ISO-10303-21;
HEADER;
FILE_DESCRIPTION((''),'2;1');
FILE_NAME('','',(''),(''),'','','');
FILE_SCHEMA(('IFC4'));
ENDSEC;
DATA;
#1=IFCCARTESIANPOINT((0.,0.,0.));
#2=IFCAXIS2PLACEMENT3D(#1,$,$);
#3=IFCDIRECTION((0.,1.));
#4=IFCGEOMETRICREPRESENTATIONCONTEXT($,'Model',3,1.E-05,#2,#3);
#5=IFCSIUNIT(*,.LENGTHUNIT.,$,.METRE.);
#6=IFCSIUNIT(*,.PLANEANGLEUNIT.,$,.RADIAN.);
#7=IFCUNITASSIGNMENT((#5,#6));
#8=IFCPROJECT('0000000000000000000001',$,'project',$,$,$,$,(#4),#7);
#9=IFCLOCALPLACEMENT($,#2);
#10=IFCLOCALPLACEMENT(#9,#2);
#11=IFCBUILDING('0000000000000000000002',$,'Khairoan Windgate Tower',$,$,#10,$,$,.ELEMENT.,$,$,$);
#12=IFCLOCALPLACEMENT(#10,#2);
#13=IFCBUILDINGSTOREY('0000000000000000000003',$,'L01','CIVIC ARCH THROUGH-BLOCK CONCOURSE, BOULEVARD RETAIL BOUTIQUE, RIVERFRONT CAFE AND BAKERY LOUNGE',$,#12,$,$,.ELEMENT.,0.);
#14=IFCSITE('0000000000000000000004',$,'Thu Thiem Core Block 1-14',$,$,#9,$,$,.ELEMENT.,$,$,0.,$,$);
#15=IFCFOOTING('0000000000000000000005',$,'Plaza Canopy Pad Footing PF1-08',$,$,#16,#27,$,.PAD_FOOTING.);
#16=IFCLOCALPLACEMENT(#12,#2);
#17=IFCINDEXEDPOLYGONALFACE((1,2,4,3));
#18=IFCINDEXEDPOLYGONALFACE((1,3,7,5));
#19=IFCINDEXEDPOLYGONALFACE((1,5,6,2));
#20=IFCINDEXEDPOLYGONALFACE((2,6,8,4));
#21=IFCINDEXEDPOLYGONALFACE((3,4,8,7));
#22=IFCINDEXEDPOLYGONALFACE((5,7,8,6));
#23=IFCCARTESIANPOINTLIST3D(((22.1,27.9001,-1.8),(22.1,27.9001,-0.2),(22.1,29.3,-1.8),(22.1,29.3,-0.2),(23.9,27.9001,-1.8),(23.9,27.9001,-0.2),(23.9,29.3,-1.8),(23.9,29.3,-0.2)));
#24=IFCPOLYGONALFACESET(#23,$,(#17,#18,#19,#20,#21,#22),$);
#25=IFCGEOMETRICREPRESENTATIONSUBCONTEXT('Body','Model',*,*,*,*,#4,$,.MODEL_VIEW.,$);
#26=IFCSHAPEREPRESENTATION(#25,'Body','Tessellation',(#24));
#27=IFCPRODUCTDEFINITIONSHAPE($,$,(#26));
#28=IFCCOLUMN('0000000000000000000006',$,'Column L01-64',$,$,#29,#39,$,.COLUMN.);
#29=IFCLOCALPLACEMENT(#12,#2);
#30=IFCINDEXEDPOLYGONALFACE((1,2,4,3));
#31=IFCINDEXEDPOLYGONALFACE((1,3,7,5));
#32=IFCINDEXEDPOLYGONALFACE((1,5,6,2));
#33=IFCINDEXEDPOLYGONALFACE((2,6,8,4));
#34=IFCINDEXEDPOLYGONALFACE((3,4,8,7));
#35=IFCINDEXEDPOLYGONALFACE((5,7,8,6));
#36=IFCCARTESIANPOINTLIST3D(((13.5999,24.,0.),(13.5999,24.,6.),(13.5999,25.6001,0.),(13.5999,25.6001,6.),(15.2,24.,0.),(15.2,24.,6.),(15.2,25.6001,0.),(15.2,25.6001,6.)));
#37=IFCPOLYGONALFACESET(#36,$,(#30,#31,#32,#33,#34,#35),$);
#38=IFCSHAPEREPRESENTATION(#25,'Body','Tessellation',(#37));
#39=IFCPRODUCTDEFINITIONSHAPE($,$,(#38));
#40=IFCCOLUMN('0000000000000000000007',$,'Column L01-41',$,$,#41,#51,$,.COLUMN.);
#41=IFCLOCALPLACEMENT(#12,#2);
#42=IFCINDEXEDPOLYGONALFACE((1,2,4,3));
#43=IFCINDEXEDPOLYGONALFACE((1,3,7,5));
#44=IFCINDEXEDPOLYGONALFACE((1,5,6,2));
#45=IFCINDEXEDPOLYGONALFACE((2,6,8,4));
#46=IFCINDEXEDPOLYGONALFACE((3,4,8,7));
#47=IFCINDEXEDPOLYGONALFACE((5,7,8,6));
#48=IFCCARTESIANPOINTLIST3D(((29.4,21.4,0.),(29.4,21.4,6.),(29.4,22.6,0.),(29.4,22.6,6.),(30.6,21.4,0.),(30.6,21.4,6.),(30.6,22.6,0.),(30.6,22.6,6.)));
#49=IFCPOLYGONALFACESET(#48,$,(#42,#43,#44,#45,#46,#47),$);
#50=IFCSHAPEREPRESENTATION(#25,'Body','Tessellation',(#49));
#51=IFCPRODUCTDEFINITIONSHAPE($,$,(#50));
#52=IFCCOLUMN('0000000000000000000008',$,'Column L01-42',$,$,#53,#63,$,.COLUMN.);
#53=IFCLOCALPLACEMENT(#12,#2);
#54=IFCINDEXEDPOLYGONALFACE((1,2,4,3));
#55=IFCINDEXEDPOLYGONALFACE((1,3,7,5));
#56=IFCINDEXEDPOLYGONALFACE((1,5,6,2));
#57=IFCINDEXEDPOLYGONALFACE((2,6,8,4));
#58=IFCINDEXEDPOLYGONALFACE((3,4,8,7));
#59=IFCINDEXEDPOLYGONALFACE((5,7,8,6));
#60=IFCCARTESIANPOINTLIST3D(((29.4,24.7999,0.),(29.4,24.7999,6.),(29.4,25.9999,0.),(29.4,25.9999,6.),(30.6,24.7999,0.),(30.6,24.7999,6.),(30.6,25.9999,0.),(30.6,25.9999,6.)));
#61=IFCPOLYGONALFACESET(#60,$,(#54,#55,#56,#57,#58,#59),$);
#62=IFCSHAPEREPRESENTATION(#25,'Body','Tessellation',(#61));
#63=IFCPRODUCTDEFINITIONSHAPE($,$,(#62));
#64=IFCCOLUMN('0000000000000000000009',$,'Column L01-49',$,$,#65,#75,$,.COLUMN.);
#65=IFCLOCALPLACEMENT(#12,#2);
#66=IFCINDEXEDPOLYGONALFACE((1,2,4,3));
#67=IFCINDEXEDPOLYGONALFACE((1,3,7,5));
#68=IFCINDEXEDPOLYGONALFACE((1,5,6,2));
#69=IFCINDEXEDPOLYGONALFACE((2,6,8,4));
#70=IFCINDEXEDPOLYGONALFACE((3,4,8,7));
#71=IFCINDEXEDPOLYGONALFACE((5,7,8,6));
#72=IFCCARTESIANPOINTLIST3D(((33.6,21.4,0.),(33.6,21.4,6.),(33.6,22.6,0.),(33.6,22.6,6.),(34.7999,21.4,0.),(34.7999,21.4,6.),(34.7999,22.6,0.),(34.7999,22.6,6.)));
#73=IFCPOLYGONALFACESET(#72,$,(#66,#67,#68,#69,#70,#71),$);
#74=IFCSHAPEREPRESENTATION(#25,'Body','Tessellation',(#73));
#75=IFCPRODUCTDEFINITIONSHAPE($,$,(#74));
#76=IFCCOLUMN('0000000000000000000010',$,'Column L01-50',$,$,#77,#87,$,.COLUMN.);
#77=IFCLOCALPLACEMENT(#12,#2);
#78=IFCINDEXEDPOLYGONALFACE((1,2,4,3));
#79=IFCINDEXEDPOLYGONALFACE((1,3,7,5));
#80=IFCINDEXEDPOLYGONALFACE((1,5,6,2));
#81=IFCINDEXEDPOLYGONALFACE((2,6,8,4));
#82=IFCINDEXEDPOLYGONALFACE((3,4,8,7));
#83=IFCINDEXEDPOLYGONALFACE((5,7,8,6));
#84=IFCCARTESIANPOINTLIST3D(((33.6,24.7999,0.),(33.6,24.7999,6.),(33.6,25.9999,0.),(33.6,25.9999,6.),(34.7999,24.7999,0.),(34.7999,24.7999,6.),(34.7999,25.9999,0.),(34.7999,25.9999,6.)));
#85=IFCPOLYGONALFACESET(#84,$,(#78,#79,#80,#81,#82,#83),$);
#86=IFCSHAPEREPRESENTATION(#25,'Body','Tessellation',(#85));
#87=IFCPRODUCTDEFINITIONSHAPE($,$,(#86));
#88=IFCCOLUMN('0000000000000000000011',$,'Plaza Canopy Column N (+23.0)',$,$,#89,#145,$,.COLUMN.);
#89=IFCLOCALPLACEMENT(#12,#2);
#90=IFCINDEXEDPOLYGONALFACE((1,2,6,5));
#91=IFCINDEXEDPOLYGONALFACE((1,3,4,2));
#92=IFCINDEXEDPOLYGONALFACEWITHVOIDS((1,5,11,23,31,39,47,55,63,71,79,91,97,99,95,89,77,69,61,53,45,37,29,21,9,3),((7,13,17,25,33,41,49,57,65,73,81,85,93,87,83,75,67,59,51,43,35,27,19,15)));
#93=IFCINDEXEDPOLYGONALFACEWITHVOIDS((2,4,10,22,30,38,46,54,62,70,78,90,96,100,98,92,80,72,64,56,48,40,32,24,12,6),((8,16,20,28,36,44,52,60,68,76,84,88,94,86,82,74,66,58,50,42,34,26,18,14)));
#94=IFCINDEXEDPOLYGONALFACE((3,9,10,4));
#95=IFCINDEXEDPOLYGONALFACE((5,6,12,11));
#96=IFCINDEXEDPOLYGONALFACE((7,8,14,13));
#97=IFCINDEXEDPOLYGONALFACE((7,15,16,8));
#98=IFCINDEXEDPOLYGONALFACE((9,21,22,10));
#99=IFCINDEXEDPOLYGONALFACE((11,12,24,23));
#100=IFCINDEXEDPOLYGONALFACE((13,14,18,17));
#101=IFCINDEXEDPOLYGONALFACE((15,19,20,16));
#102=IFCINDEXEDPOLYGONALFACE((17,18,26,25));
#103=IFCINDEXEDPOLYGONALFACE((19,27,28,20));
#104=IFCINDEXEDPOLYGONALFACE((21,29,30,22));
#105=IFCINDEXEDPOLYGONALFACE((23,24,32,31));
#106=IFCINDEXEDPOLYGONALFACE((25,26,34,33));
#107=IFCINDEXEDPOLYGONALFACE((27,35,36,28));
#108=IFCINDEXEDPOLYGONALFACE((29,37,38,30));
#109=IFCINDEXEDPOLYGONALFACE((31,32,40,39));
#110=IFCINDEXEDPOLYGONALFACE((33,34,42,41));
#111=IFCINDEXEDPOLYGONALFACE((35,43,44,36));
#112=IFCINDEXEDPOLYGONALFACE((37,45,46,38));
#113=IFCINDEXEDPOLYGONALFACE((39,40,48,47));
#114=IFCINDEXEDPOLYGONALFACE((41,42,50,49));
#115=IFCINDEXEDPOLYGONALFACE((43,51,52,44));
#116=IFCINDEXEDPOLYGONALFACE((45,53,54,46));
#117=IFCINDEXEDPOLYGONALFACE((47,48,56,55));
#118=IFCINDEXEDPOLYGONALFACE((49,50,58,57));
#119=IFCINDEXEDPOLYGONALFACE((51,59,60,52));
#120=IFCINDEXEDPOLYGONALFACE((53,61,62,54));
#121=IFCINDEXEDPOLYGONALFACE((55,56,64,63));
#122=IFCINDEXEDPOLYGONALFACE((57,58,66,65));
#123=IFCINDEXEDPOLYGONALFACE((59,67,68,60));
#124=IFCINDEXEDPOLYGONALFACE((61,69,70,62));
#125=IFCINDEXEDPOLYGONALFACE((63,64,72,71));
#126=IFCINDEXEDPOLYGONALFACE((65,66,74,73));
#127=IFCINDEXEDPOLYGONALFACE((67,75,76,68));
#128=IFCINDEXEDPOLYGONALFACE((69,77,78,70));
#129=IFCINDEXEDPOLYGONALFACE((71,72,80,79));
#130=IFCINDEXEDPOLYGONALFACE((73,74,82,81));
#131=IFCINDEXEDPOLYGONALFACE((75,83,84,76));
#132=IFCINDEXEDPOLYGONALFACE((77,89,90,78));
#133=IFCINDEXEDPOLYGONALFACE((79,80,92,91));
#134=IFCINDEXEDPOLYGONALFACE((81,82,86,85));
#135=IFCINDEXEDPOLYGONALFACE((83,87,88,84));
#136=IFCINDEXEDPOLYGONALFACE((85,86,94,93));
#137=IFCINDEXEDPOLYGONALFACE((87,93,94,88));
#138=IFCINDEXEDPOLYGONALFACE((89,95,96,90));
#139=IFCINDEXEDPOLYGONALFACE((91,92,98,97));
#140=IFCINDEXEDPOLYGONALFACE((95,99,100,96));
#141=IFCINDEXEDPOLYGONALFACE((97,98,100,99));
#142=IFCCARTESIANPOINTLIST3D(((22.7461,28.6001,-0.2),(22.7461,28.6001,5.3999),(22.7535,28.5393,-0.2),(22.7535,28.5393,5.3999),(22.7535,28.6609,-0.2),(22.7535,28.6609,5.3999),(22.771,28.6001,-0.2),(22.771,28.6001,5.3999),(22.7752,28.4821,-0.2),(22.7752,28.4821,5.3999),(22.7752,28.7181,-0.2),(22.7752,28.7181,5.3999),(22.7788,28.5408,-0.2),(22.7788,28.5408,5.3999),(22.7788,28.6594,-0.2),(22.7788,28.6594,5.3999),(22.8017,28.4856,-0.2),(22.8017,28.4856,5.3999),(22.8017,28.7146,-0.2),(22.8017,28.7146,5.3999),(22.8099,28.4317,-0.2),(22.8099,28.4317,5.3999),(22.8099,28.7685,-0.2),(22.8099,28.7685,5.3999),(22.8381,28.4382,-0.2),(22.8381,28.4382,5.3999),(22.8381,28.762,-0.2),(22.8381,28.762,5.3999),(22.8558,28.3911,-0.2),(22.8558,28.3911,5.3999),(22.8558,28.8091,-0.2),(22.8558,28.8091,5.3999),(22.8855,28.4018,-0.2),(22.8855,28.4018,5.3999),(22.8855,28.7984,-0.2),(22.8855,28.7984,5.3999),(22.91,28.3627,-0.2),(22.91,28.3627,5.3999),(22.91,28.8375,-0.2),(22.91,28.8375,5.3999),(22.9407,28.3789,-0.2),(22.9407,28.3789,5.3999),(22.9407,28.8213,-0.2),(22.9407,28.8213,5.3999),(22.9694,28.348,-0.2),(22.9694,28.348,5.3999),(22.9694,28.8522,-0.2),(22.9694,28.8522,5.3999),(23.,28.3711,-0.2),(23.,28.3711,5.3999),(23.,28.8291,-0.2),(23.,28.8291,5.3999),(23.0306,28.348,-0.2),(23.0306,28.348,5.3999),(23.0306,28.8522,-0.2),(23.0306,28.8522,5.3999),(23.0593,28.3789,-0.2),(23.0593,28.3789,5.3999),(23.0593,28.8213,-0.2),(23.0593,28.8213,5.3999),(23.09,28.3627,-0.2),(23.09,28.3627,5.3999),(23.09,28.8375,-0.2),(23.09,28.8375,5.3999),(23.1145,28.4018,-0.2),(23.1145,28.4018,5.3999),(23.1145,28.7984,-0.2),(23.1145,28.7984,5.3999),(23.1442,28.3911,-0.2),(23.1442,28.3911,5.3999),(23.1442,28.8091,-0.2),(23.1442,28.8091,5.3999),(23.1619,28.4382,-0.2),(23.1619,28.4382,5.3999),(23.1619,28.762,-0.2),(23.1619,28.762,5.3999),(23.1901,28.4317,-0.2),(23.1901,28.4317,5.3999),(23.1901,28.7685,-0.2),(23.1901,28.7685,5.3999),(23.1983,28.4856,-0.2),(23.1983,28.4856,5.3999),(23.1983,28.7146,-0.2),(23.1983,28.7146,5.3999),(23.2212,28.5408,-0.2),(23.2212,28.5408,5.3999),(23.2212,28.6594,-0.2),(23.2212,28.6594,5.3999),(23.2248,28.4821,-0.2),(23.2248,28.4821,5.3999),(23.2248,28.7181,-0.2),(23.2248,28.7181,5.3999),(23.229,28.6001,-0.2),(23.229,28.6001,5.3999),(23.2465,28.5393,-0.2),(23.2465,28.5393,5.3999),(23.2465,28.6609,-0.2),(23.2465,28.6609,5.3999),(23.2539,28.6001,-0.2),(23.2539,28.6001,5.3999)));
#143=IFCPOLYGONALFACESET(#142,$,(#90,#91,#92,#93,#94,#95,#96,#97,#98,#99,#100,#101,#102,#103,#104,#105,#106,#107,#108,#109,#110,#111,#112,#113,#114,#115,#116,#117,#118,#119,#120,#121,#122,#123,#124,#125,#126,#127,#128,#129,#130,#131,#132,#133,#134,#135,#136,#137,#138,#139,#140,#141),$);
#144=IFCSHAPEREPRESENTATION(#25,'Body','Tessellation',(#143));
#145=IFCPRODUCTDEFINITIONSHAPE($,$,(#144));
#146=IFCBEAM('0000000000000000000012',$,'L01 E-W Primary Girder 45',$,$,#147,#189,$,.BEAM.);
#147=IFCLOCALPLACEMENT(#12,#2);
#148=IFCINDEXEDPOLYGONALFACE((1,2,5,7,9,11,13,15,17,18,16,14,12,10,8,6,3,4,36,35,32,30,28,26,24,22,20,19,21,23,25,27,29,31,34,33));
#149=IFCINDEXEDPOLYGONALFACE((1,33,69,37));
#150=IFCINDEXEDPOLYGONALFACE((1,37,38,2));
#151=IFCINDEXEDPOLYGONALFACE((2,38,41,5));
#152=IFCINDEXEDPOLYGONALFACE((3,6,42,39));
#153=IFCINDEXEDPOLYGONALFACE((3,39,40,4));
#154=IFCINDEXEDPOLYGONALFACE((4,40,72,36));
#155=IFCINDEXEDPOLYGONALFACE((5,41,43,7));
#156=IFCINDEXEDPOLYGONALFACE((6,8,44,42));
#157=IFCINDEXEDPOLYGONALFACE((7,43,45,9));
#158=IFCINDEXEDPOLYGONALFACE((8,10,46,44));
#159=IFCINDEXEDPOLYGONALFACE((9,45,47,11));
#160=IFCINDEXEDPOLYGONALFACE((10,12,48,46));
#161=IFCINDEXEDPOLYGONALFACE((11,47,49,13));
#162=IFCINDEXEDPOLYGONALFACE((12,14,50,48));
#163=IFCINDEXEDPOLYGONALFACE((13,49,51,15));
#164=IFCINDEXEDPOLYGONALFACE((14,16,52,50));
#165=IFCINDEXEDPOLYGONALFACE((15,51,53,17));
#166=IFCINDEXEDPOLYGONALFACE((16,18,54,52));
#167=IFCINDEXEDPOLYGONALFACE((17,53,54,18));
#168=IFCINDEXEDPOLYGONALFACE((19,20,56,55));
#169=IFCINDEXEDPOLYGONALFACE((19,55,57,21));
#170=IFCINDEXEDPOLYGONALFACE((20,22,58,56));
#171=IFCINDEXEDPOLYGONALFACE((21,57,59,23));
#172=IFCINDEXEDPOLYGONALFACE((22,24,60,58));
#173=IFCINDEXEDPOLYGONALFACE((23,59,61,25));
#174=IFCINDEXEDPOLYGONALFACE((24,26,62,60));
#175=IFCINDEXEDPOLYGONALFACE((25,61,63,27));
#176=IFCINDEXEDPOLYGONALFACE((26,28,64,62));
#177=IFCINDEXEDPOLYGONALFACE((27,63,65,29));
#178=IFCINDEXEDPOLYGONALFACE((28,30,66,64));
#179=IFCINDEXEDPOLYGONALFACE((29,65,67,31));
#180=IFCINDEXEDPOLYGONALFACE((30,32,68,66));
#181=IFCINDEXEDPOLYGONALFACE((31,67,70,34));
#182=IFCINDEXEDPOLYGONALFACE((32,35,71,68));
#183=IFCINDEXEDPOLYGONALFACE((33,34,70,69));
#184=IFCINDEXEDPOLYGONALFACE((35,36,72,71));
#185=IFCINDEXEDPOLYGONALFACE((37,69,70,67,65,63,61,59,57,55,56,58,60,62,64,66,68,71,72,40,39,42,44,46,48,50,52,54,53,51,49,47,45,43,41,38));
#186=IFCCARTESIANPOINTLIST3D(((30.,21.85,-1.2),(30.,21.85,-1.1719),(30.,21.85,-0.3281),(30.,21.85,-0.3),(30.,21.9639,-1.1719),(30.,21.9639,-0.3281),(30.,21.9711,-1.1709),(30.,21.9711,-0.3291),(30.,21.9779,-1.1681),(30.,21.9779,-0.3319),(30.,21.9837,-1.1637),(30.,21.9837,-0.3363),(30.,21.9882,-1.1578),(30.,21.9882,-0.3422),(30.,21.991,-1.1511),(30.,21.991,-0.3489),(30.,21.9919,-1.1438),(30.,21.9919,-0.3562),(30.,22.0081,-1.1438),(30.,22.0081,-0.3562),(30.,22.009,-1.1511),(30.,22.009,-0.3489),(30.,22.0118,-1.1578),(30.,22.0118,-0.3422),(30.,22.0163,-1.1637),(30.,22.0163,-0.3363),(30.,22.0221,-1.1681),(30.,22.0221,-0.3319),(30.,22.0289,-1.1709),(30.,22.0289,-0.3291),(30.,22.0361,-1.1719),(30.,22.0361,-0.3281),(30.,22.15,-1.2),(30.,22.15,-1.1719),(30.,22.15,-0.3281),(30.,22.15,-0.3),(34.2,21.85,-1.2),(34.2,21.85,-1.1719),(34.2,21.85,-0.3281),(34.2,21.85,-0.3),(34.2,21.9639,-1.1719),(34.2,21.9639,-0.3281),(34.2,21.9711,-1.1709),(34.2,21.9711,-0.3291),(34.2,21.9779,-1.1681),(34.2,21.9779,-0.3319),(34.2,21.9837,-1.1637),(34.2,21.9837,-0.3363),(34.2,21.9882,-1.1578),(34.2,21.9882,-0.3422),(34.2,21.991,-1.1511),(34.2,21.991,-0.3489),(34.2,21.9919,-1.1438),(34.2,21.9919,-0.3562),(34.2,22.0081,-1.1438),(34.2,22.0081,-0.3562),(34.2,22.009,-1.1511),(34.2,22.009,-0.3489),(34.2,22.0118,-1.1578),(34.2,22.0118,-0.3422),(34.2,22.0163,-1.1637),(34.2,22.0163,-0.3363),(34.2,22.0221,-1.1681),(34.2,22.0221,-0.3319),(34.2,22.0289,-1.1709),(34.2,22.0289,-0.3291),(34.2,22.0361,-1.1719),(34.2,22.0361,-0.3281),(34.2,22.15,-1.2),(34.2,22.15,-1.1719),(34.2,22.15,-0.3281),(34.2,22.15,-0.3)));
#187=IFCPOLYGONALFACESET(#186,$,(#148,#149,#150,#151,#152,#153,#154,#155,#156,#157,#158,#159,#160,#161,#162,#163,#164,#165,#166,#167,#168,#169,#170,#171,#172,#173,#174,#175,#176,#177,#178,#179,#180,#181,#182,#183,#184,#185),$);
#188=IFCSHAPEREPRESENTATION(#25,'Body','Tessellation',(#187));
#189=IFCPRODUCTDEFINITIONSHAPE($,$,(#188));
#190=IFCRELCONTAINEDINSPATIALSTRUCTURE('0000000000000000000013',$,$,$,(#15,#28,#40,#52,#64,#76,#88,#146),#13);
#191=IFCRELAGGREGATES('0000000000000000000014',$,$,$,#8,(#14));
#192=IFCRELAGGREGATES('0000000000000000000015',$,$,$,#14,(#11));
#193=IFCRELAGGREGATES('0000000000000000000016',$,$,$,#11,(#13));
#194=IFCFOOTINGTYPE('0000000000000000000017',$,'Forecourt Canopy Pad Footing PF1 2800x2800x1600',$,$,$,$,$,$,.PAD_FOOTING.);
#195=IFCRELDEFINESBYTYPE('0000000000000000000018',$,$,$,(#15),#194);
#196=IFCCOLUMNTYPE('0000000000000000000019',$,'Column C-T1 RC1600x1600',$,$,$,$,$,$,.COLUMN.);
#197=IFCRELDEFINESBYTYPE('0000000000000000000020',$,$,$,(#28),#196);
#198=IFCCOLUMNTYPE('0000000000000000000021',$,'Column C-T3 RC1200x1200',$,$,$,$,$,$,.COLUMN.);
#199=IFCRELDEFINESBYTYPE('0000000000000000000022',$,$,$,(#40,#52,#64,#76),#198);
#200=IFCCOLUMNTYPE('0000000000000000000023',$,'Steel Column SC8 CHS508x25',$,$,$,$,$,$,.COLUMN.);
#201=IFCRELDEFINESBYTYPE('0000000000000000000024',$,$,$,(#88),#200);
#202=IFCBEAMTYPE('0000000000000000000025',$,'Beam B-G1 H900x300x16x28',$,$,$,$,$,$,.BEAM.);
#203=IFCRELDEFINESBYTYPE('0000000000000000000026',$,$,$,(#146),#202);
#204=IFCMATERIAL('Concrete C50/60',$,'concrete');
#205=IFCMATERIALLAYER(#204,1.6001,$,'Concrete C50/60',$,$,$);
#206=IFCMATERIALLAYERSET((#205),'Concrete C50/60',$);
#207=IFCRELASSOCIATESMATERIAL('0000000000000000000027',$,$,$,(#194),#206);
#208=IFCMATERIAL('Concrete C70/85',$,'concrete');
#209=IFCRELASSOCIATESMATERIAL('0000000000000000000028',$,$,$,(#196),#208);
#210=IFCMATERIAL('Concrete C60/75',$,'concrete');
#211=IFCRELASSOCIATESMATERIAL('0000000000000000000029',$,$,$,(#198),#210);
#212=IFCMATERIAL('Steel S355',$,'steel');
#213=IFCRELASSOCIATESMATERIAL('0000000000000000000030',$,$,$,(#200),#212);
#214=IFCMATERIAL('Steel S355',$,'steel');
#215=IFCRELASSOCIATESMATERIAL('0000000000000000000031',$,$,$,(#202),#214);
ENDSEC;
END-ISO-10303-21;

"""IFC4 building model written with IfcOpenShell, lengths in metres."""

from ifc_helpers import new_model, si_unit, direction, frame, origin, origin_2d, place, context, subcontext, project, spatial, rectangle, hollow_circle, i_section, extrude, material, layer, layer_set, material_profile, profile_set, type_object, element, save


model = new_model("IFC4")

# Units and contexts
model_context = context("Model", 3, precision=1e-05, world=origin(), true_north=direction((0.0, 1.0)))
body_context = subcontext(model_context, "Body", "Model", "MODEL_VIEW")
ifc_project = project(units=[si_unit("LENGTHUNIT", "METRE"), si_unit("PLANEANGLEUNIT", "RADIAN")], contexts=[model_context])

# Site, building, storey
site_placement = place(None, origin())
site = spatial("IfcSite", under=ifc_project, at=site_placement, Name="Thu Thiem Core Block 1-14", CompositionType="ELEMENT", RefElevation=0.0)
building_placement = place(site_placement, origin())
building = spatial("IfcBuilding", under=site, at=building_placement, Name="Khairoan Windgate Tower", CompositionType="ELEMENT")
storey_placement = place(building_placement, origin())
storey = spatial("IfcBuildingStorey", under=building, at=storey_placement, Name="L01", Description="CIVIC ARCH THROUGH-BLOCK CONCOURSE, BOULEVARD RETAIL BOUTIQUE, RIVERFRONT CAFE AND BAKERY LOUNGE", CompositionType="ELEMENT", Elevation=0.0)

# Footing
ifc_material_1 = material(Name="Concrete C50/60", Category="concrete")
ifc_layer_1 = layer(ifc_material_1, 1.6001, Name="Concrete C50/60")
ifc_layer_set_1 = layer_set([ifc_layer_1], Name="Concrete C50/60")
footing_type = type_object("IfcFootingType", Name="Forecourt Canopy Pad Footing PF1 2800x2800x1600", PredefinedType="PAD_FOOTING", material=ifc_layer_set_1)
footing_placement = place(storey_placement, frame((23.0, 28.6001, -1.8), z_axis=(0.0, 0.0, 1.0), x_axis=(1.0, 0.0, 0.0)))
element("IfcFooting", 1, at=footing_placement, inside=storey, type_object=footing_type, Name="Plaza Canopy Pad Footing PF1-08", PredefinedType="PAD_FOOTING", context=body_context, shape_type="SweptSolid", body=[
    extrude(rectangle(XDim=1.8, YDim=1.3999, at=origin_2d()), origin(), (0.0, 0.0, 1.0), 1.6001),
])

# Columns
ifc_material_2 = material(Name="Concrete C70/85", Category="concrete")
ifc_material_profile_1 = material_profile(ifc_material_2, rectangle(XDim=1.6001, YDim=1.6001, at=origin_2d()))
ifc_profile_set_1 = profile_set([ifc_material_profile_1], Name="Concrete C70/85")
column_type_1 = type_object("IfcColumnType", Name="Column C-T1 RC1600x1600", PredefinedType="COLUMN", material=ifc_profile_set_1)
column_1_placement = place(storey_placement, frame((14.3999, 24.8, 0.0), z_axis=(0.0, 0.0, 1.0), x_axis=(1.0, 0.0, 0.0)))
element("IfcColumn", 2, at=column_1_placement, inside=storey, type_object=column_type_1, Name="Column L01-64", PredefinedType="COLUMN", context=body_context, shape_type="SweptSolid", body=[
    extrude(rectangle(XDim=1.6001, YDim=1.6001, at=origin_2d()), origin(), (0.0, 0.0, 1.0), 6.0),
])
ifc_material_3 = material(Name="Concrete C60/75", Category="concrete")
ifc_material_profile_2 = material_profile(ifc_material_3, rectangle(XDim=1.2, YDim=1.2, at=origin_2d()))
ifc_profile_set_2 = profile_set([ifc_material_profile_2], Name="Concrete C60/75")
column_type_2 = type_object("IfcColumnType", Name="Column C-T3 RC1200x1200", PredefinedType="COLUMN", material=ifc_profile_set_2)
for number, where, z_axis, x_axis, name in (
    (3, (30.0, 22.0, 0.0), (0.0, 0.0, 1.0), (1.0, 0.0, 0.0), "Column L01-41"),
    (4, (30.0, 25.3999, 0.0), (0.0, 0.0, 1.0), (1.0, 0.0, 0.0), "Column L01-42"),
    (5, (34.2, 22.0, 0.0), (0.0, 0.0, 1.0), (1.0, 0.0, 0.0), "Column L01-49"),
    (6, (34.2, 25.3999, 0.0), (0.0, 0.0, 1.0), (1.0, 0.0, 0.0), "Column L01-50"),
):
    element("IfcColumn", number, at=place(storey_placement, frame(where, z_axis=z_axis, x_axis=x_axis)), inside=storey, type_object=column_type_2, Name=name, PredefinedType="COLUMN", context=body_context, shape_type="SweptSolid", body=[
        extrude(rectangle(XDim=1.2, YDim=1.2, at=origin_2d()), origin(), (0.0, 0.0, 1.0), 6.0),
    ])
ifc_material_4 = material(Name="Steel S355", Category="steel")
ifc_material_profile_3 = material_profile(ifc_material_4, hollow_circle(Radius=0.2539, WallThickness=0.0249, at=origin_2d()))
ifc_profile_set_3 = profile_set([ifc_material_profile_3], Name="Steel S355")
column_type_3 = type_object("IfcColumnType", Name="Steel Column SC8 CHS508x25", PredefinedType="COLUMN", material=ifc_profile_set_3)
column_2_placement = place(storey_placement, frame((23.0, 28.6001, -0.2), z_axis=(0.0, 0.0, 1.0), x_axis=(1.0, 0.0, 0.0)))
element("IfcColumn", 7, at=column_2_placement, inside=storey, type_object=column_type_3, Name="Plaza Canopy Column N (+23.0)", PredefinedType="COLUMN", context=body_context, shape_type="SweptSolid", body=[
    extrude(hollow_circle(Radius=0.2539, WallThickness=0.0249, at=origin_2d()), origin(), (0.0, 0.0, 1.0), 5.5999),
])

# Beam
ifc_material_5 = material(Name="Steel S355", Category="steel")
ifc_material_profile_4 = material_profile(ifc_material_5, i_section(OverallWidth=0.3, OverallDepth=0.8999, WebThickness=0.0161, FlangeThickness=0.0281, FilletRadius=0.0281, at=origin_2d()))
ifc_profile_set_4 = profile_set([ifc_material_profile_4], Name="Steel S355")
beam_type_1 = type_object("IfcBeamType", Name="Beam B-G1 H900x300x16x28", PredefinedType="BEAM", material=ifc_profile_set_4)
for number, where, z_axis, x_axis, name in (
    (8, (30.0, 22.0, -0.75), (1.0, 0.0, 0.0), (0.0, 1.0, 0.0), "L01 E-W Primary Girder 45"),
):
    element("IfcBeam", number, at=place(storey_placement, frame(where, z_axis=z_axis, x_axis=x_axis)), inside=storey, type_object=beam_type_1, Name=name, PredefinedType="BEAM", context=body_context, shape_type="SweptSolid", body=[
        extrude(i_section(OverallWidth=0.3, OverallDepth=0.8999, WebThickness=0.0161, FlangeThickness=0.0281, FilletRadius=0.0281, at=origin_2d()), origin(), (0.0, 0.0, 1.0), 4.2),
    ])

save(model, "model.ifc")
